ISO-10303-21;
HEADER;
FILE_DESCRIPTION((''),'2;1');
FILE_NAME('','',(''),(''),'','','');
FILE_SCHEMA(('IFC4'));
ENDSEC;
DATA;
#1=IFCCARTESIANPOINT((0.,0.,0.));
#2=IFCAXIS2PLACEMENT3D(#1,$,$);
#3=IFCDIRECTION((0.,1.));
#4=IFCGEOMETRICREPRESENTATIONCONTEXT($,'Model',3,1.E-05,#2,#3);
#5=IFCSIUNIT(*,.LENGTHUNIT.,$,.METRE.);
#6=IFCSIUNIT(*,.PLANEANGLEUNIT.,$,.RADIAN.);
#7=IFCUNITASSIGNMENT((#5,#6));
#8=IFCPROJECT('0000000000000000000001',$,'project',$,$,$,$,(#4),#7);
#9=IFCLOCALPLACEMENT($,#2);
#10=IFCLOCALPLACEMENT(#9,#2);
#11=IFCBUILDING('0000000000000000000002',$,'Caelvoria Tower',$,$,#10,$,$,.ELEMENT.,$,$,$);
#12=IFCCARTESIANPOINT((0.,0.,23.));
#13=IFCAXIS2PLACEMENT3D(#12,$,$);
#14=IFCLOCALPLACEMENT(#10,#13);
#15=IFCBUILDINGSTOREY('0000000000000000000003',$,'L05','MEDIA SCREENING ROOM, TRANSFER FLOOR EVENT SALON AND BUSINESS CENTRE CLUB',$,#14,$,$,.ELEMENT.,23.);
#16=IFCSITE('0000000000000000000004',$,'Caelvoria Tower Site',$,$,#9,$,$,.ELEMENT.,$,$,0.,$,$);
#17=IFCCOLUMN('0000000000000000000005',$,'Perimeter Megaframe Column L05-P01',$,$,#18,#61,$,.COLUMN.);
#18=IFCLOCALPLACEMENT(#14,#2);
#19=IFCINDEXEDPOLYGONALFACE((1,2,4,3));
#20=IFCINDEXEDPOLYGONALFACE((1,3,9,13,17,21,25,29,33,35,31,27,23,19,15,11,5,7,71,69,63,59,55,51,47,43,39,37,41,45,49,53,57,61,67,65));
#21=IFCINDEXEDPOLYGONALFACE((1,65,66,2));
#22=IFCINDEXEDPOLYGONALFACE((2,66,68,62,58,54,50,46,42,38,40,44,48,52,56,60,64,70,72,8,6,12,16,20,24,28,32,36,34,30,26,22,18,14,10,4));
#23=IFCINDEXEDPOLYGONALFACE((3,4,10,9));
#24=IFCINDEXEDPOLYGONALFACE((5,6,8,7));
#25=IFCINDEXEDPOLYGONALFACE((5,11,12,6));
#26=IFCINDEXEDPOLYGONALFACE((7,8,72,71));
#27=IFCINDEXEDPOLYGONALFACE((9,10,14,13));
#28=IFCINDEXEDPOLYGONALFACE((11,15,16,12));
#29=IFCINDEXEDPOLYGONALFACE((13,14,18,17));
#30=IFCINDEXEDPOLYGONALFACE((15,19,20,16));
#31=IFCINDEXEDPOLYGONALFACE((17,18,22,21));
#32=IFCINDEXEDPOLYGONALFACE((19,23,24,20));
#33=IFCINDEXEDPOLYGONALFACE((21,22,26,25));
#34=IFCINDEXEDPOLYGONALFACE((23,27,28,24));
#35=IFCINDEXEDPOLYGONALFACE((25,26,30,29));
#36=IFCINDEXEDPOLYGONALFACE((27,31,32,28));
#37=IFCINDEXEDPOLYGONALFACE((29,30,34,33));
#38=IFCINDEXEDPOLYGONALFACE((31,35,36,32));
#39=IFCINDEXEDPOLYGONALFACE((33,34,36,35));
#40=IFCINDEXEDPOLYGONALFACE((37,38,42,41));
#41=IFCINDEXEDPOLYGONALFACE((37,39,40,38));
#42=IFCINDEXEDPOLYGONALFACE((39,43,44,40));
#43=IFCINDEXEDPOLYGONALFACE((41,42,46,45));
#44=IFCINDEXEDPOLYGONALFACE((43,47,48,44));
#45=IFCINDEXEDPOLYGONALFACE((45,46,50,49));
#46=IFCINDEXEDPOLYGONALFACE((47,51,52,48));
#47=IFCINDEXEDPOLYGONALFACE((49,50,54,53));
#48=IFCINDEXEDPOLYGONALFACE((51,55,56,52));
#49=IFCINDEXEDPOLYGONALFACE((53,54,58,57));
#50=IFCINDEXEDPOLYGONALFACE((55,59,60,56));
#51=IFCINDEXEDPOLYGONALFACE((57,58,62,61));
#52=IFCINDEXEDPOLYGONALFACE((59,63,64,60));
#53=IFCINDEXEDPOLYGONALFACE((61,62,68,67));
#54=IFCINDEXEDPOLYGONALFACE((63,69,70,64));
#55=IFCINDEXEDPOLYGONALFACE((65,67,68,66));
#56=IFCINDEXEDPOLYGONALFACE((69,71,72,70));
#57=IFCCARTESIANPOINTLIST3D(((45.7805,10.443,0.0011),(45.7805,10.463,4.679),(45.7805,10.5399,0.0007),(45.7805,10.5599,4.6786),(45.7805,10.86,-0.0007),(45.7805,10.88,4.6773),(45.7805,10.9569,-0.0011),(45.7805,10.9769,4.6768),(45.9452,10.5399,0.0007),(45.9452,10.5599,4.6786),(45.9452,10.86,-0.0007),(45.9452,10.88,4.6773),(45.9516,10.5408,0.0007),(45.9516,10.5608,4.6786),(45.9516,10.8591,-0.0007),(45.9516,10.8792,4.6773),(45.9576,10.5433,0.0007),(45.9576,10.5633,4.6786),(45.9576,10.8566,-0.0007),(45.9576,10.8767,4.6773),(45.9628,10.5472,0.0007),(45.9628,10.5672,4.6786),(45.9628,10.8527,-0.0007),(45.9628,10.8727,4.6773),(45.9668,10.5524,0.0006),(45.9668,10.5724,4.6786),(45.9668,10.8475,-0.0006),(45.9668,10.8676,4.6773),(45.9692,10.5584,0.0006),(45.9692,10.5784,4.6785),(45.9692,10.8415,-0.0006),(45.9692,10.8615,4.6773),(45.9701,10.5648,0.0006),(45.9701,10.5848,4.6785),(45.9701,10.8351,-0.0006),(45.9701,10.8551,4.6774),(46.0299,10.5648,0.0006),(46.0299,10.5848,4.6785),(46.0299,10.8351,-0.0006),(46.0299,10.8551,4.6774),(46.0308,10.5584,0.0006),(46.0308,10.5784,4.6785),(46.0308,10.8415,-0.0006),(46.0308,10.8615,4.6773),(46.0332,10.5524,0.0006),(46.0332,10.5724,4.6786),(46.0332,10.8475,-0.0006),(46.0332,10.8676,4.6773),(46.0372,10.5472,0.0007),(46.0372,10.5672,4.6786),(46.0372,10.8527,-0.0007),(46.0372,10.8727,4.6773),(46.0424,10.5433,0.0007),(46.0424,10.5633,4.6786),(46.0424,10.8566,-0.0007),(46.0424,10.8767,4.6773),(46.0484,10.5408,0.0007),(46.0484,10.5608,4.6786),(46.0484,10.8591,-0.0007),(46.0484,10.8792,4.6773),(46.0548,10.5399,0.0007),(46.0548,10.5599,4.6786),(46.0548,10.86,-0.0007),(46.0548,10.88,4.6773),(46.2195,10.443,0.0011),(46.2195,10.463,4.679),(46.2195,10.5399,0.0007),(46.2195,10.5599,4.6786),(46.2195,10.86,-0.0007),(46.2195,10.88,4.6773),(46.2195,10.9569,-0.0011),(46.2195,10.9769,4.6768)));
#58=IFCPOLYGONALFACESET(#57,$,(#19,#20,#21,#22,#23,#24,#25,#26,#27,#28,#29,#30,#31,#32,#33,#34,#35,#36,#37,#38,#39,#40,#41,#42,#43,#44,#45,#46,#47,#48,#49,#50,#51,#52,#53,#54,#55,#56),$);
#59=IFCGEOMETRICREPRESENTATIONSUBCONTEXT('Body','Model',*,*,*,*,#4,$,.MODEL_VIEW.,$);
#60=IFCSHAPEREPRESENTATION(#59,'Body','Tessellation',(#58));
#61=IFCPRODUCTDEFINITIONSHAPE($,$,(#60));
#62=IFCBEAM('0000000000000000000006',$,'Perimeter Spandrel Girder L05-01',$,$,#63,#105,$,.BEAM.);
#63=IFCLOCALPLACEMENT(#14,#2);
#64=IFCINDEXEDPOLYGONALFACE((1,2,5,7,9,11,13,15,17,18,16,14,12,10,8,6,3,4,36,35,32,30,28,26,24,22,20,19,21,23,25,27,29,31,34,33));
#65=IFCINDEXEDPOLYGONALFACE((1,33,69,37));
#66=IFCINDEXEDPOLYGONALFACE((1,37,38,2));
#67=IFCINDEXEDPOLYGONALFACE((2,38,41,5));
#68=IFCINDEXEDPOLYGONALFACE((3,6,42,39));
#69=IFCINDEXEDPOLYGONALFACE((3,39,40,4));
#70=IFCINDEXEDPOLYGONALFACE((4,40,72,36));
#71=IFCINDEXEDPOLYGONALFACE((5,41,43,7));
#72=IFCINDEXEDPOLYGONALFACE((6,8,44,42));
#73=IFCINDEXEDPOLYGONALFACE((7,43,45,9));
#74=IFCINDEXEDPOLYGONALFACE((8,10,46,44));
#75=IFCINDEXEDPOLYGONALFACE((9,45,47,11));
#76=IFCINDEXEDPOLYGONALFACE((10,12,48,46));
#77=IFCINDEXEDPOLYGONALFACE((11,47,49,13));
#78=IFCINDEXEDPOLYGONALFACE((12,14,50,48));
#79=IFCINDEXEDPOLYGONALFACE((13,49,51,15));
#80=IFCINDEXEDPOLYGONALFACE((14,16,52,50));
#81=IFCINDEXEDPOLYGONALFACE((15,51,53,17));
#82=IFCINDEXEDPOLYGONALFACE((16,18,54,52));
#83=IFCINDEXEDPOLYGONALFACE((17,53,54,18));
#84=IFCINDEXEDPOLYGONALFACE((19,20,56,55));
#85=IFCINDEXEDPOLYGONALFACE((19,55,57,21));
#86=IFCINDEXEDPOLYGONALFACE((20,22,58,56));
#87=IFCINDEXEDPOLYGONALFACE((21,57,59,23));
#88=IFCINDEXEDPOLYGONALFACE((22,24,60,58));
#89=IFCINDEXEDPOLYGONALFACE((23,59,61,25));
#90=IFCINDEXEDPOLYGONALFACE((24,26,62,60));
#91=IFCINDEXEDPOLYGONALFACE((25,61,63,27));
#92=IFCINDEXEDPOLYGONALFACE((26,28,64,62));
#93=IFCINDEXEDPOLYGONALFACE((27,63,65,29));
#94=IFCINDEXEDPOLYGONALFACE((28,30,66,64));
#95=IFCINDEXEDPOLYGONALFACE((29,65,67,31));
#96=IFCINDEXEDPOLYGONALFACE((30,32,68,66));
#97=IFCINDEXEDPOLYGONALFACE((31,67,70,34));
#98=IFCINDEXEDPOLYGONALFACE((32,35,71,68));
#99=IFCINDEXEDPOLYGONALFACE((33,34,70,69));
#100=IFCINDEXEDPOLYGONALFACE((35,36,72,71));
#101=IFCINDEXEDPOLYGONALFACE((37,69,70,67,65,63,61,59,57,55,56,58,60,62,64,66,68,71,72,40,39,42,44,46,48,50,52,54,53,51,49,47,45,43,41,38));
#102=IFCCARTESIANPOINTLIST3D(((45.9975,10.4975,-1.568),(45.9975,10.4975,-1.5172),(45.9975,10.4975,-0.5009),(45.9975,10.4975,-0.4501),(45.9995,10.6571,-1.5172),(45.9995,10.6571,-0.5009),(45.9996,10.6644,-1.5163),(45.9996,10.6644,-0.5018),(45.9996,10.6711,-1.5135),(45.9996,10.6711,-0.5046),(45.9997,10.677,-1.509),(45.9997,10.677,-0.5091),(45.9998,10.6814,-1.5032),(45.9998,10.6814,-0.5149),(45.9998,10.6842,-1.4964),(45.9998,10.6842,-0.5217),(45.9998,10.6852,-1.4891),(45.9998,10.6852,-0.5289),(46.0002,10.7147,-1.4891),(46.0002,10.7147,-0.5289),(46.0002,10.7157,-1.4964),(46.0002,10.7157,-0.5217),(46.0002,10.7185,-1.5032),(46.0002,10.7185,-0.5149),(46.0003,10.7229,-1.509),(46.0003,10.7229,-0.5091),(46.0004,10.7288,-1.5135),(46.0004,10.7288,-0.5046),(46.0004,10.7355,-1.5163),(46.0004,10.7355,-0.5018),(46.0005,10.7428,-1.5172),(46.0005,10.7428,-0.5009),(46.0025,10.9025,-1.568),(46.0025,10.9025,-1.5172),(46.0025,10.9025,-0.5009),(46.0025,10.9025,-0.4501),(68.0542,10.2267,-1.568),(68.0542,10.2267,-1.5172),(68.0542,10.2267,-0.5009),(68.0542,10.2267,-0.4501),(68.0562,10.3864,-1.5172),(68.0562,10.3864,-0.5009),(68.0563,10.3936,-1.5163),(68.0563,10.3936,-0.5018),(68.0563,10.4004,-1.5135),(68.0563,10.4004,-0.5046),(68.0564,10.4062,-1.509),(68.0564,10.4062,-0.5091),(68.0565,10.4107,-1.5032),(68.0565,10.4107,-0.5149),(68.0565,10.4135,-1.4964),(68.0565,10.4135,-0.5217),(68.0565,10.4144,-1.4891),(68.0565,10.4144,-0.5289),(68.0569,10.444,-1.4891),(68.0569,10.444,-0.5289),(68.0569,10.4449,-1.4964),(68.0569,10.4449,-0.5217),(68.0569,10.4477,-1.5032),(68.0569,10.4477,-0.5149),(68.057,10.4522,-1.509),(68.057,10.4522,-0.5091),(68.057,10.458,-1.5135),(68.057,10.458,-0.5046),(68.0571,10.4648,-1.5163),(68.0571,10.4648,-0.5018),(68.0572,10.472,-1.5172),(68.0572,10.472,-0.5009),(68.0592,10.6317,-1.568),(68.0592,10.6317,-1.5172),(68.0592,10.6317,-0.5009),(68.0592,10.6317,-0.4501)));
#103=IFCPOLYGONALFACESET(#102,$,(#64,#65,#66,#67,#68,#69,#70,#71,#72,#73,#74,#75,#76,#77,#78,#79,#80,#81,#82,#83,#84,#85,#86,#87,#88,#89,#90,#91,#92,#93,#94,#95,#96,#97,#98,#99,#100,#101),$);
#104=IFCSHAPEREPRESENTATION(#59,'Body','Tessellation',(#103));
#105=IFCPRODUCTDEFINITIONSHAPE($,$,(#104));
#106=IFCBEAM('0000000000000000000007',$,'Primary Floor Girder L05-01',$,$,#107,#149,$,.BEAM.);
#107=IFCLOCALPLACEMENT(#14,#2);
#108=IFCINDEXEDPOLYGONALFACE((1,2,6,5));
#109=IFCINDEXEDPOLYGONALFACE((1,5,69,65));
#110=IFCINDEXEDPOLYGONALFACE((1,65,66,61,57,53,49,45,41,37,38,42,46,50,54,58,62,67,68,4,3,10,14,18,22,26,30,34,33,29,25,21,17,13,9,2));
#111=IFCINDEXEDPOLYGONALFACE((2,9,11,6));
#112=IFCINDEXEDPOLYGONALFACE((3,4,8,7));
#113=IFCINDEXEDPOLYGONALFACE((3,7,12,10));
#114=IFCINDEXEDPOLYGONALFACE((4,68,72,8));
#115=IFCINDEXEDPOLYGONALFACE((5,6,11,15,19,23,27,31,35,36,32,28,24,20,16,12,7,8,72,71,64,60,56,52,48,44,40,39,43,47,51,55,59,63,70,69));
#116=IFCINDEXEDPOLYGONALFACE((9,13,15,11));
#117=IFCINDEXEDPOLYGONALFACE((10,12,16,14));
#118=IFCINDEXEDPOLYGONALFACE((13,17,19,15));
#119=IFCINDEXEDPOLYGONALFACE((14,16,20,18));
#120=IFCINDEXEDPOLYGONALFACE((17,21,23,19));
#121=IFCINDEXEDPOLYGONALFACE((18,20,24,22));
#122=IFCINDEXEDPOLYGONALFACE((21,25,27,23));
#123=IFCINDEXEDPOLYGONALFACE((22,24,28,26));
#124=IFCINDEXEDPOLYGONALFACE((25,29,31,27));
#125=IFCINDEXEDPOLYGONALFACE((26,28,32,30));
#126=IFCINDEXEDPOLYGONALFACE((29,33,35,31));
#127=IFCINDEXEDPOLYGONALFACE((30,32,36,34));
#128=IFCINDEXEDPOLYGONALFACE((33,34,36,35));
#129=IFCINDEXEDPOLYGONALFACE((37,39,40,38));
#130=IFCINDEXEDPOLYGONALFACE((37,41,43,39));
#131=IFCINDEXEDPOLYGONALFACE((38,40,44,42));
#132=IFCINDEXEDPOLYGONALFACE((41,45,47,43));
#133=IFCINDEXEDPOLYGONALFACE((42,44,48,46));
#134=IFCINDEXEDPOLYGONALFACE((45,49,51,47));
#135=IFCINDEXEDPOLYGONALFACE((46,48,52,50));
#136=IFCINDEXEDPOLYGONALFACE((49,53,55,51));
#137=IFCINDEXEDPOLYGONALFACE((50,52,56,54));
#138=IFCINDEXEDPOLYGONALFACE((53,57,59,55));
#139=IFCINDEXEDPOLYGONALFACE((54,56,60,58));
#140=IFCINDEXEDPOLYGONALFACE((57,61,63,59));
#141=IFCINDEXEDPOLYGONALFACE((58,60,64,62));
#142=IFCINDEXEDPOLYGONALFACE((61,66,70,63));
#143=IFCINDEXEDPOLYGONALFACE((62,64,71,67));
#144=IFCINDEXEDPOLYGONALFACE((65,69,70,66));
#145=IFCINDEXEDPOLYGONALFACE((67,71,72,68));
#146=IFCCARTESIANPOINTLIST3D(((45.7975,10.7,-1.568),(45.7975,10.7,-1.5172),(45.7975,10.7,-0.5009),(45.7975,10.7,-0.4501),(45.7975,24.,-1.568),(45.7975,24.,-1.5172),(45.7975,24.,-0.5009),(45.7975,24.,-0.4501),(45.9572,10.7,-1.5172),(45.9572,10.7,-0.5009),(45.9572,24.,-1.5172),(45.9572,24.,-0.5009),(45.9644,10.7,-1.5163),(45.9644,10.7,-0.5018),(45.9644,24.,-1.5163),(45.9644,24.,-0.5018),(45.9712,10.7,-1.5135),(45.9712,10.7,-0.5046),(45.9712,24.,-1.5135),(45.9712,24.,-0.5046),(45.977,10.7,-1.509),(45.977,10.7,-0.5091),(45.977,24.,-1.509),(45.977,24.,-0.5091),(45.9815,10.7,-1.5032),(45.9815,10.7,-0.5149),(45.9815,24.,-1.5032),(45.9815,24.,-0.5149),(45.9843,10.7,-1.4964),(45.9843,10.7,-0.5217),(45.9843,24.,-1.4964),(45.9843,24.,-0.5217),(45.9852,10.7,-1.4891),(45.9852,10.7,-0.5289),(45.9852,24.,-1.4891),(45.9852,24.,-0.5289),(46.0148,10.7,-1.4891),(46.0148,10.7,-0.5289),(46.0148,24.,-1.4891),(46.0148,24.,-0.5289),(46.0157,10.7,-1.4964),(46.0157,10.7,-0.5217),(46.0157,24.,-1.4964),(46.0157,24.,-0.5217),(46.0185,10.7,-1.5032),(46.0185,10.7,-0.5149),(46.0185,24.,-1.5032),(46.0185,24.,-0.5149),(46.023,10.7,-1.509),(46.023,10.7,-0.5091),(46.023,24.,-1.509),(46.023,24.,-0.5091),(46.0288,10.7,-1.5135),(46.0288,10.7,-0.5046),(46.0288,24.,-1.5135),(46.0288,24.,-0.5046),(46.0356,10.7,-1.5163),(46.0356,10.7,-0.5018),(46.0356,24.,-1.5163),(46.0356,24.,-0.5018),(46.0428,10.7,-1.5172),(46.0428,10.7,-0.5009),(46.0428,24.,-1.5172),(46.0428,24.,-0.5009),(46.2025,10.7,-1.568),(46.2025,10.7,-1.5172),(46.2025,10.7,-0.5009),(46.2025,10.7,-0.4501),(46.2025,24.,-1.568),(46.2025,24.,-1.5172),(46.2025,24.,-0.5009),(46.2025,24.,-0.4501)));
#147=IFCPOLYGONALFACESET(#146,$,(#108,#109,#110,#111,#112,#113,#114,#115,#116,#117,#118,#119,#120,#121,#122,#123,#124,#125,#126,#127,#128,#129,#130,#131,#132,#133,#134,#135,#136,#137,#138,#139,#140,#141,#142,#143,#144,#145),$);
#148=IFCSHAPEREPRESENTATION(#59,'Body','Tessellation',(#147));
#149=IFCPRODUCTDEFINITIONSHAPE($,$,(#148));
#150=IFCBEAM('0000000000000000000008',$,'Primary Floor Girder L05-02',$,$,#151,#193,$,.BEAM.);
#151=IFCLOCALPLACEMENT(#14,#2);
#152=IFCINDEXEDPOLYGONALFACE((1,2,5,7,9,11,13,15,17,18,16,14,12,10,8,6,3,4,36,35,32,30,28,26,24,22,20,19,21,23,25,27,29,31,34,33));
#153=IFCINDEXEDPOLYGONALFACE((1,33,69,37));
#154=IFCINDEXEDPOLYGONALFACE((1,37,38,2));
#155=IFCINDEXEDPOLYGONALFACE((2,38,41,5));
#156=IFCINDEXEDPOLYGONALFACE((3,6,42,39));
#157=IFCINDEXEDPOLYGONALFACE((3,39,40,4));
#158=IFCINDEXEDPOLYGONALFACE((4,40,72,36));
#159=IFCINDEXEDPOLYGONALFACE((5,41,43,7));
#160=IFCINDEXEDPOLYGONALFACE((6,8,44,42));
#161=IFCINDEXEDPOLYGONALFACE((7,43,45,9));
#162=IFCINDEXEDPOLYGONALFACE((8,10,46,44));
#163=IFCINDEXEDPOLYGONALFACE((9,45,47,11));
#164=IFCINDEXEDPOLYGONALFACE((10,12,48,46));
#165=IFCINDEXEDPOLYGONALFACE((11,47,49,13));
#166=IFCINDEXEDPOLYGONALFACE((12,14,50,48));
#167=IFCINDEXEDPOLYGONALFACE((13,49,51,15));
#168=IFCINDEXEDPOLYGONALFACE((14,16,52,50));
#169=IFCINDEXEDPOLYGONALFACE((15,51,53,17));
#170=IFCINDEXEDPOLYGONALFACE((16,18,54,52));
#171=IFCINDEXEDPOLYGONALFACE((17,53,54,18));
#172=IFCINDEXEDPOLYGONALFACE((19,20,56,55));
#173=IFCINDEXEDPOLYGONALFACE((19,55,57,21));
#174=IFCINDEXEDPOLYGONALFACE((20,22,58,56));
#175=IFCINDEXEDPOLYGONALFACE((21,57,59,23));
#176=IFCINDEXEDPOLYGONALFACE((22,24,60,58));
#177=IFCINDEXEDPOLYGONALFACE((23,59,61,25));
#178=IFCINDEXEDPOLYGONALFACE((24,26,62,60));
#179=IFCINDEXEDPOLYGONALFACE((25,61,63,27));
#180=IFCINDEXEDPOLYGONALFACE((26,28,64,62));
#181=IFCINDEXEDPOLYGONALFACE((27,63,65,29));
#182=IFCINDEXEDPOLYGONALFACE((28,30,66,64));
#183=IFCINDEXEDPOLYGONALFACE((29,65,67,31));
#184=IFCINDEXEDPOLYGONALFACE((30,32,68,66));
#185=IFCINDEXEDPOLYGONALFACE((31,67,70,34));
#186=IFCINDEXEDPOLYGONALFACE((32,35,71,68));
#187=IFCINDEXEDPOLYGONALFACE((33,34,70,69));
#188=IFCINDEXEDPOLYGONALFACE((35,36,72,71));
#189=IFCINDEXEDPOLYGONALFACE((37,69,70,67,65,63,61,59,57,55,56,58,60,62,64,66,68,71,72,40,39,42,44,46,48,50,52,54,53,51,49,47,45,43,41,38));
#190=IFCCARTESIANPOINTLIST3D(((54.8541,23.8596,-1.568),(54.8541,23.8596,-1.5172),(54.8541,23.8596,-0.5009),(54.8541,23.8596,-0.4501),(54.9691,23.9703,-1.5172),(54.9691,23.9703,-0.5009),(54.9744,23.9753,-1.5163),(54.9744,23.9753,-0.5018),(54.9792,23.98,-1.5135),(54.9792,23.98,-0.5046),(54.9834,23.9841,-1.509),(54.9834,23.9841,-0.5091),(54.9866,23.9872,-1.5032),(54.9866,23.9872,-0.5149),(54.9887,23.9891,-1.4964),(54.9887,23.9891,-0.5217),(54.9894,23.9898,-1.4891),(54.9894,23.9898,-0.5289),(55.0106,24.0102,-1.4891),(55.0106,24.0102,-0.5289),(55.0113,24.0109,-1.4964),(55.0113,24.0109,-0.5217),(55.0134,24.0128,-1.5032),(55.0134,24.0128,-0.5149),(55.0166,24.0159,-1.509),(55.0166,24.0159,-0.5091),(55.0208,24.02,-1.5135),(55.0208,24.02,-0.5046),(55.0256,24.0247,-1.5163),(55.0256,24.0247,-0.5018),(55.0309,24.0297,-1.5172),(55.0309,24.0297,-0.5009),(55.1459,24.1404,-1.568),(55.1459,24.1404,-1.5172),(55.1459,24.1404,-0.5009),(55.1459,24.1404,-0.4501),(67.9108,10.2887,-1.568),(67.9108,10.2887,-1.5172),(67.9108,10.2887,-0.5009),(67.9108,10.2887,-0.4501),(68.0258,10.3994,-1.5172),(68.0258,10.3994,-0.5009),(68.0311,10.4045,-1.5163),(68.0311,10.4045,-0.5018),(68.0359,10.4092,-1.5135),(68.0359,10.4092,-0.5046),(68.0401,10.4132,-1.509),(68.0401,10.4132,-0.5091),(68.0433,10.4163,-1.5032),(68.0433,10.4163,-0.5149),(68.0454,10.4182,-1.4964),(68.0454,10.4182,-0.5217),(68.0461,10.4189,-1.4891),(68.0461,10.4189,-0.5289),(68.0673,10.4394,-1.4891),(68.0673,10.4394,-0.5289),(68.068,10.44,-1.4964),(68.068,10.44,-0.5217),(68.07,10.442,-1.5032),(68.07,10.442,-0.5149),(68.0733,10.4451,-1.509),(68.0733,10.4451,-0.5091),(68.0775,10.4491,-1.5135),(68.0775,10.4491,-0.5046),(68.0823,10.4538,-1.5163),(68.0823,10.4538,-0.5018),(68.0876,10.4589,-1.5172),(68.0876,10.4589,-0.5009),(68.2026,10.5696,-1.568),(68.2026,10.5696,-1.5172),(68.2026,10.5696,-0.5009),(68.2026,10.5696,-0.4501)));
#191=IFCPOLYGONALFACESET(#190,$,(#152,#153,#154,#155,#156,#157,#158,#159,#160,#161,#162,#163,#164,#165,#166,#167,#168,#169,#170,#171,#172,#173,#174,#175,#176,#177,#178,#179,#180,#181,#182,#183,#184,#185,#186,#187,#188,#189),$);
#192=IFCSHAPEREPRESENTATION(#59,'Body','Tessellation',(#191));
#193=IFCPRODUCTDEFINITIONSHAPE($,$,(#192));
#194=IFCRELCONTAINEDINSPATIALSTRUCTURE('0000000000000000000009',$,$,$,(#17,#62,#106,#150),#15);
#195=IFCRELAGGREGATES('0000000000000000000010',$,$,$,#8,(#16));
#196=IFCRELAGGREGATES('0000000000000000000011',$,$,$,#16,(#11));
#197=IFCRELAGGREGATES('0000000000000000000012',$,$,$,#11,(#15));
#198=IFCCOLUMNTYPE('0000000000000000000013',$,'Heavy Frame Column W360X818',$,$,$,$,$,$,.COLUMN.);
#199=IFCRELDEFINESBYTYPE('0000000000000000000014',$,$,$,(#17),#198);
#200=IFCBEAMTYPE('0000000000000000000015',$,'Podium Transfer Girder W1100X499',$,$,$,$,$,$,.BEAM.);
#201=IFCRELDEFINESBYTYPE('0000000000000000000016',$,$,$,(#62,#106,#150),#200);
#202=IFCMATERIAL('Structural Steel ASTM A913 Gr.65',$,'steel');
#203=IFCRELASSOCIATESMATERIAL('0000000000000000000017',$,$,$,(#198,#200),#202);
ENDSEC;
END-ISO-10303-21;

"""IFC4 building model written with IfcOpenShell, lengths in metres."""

from ifc_helpers import new_model, si_unit, direction, frame, origin, origin_2d, place, context, subcontext, project, spatial, i_section, extrude, material, material_profile, profile_set, type_object, element, save


model = new_model("IFC4")

# Units and contexts
model_context = context("Model", 3, precision=1e-05, world=origin(), true_north=direction((0.0, 1.0)))
body_context = subcontext(model_context, "Body", "Model", "MODEL_VIEW")
ifc_project = project(units=[si_unit("LENGTHUNIT", "METRE"), si_unit("PLANEANGLEUNIT", "RADIAN")], contexts=[model_context])

# Site, building, storey
site_placement = place(None, origin())
site = spatial("IfcSite", under=ifc_project, at=site_placement, Name="Caelvoria Tower Site", CompositionType="ELEMENT", RefElevation=0.0)
building_placement = place(site_placement, origin())
building = spatial("IfcBuilding", under=site, at=building_placement, Name="Caelvoria Tower", CompositionType="ELEMENT")
storey_placement = place(building_placement, frame((0.0, 0.0, 23.0)))
storey = spatial("IfcBuildingStorey", under=building, at=storey_placement, Name="L05", Description="MEDIA SCREENING ROOM, TRANSFER FLOOR EVENT SALON AND BUSINESS CENTRE CLUB", CompositionType="ELEMENT", Elevation=23.0)

# Column
ifc_material_1 = material(Name="Structural Steel ASTM A913 Gr.65", Category="steel")
ifc_material_profile_1 = material_profile(ifc_material_1, i_section(OverallWidth=0.439, OverallDepth=0.5139, WebThickness=0.0598, FlangeThickness=0.0969, FilletRadius=0.0249, at=origin_2d()), Name="Structural Steel ASTM A913 Gr.65")
ifc_profile_set_1 = profile_set([ifc_material_profile_1], Name="W360X818 - Structural Steel ASTM A913 Gr.65")
column_type = type_object("IfcColumnType", Name="Heavy Frame Column W360X818", PredefinedType="COLUMN", material=ifc_profile_set_1)
column_placement = place(storey_placement, frame((46.0, 10.7, 0.0), z_axis=(0.0, 0.004279, 0.999991), x_axis=(-1.0, 0.0, 0.0)))
element("IfcColumn", 1, at=column_placement, inside=storey, type_object=column_type, Name="Perimeter Megaframe Column L05-P01", PredefinedType="COLUMN", context=body_context, shape_type="SweptSolid", body=[
    extrude(i_section(OverallWidth=0.439, OverallDepth=0.5139, WebThickness=0.0598, FlangeThickness=0.0969, FilletRadius=0.0249, at=origin_2d()), origin(), (0.0, 0.0, 1.0), 4.678),
])

# Beams
ifc_material_profile_2 = material_profile(ifc_material_1, i_section(OverallWidth=0.405, OverallDepth=1.1179, WebThickness=0.0295, FlangeThickness=0.0508, FilletRadius=0.0281, at=origin_2d()), Name="Structural Steel ASTM A913 Gr.65")
ifc_profile_set_2 = profile_set([ifc_material_profile_2], Name="W1100X499 - Structural Steel ASTM A913 Gr.65")
beam_type_1 = type_object("IfcBeamType", Name="Podium Transfer Girder W1100X499", PredefinedType="BEAM", material=ifc_profile_set_2)
beam_1_placement = place(storey_placement, frame((46.0, 10.7, -1.009), z_axis=(0.999925, -0.012274, 0.0), x_axis=(0.012274, 0.999925, 0.0)))
element("IfcBeam", 2, at=beam_1_placement, inside=storey, type_object=beam_type_1, Name="Perimeter Spandrel Girder L05-01", PredefinedType="BEAM", context=body_context, shape_type="SweptSolid", body=[
    extrude(i_section(OverallWidth=0.405, OverallDepth=1.1179, WebThickness=0.0295, FlangeThickness=0.0508, FilletRadius=0.0281, at=origin_2d()), origin(), (0.0, 0.0, 1.0), 22.0583),
])
beam_2_placement = place(storey_placement, frame((46.0, 24.0, -1.009), z_axis=(0.0, -1.0, 0.0), x_axis=(1.0, 0.0, 0.0)))
element("IfcBeam", 3, at=beam_2_placement, inside=storey, type_object=beam_type_1, Name="Primary Floor Girder L05-01", PredefinedType="BEAM", context=body_context, shape_type="SweptSolid", body=[
    extrude(i_section(OverallWidth=0.405, OverallDepth=1.1179, WebThickness=0.0295, FlangeThickness=0.0508, FilletRadius=0.0281, at=origin_2d()), origin(), (0.0, 0.0, 1.0), 13.3),
])
beam_3_placement = place(storey_placement, frame((55.0, 24.0, -1.009), z_axis=(0.693324, -0.720626, 0.0), x_axis=(0.720626, 0.693324, 0.0)))
element("IfcBeam", 4, at=beam_3_placement, inside=storey, type_object=beam_type_1, Name="Primary Floor Girder L05-02", PredefinedType="BEAM", context=body_context, shape_type="SweptSolid", body=[
    extrude(i_section(OverallWidth=0.405, OverallDepth=1.1179, WebThickness=0.0295, FlangeThickness=0.0508, FilletRadius=0.0281, at=origin_2d()), origin(), (0.0, 0.0, 1.0), 18.832),
])

save(model, "model.ifc")
